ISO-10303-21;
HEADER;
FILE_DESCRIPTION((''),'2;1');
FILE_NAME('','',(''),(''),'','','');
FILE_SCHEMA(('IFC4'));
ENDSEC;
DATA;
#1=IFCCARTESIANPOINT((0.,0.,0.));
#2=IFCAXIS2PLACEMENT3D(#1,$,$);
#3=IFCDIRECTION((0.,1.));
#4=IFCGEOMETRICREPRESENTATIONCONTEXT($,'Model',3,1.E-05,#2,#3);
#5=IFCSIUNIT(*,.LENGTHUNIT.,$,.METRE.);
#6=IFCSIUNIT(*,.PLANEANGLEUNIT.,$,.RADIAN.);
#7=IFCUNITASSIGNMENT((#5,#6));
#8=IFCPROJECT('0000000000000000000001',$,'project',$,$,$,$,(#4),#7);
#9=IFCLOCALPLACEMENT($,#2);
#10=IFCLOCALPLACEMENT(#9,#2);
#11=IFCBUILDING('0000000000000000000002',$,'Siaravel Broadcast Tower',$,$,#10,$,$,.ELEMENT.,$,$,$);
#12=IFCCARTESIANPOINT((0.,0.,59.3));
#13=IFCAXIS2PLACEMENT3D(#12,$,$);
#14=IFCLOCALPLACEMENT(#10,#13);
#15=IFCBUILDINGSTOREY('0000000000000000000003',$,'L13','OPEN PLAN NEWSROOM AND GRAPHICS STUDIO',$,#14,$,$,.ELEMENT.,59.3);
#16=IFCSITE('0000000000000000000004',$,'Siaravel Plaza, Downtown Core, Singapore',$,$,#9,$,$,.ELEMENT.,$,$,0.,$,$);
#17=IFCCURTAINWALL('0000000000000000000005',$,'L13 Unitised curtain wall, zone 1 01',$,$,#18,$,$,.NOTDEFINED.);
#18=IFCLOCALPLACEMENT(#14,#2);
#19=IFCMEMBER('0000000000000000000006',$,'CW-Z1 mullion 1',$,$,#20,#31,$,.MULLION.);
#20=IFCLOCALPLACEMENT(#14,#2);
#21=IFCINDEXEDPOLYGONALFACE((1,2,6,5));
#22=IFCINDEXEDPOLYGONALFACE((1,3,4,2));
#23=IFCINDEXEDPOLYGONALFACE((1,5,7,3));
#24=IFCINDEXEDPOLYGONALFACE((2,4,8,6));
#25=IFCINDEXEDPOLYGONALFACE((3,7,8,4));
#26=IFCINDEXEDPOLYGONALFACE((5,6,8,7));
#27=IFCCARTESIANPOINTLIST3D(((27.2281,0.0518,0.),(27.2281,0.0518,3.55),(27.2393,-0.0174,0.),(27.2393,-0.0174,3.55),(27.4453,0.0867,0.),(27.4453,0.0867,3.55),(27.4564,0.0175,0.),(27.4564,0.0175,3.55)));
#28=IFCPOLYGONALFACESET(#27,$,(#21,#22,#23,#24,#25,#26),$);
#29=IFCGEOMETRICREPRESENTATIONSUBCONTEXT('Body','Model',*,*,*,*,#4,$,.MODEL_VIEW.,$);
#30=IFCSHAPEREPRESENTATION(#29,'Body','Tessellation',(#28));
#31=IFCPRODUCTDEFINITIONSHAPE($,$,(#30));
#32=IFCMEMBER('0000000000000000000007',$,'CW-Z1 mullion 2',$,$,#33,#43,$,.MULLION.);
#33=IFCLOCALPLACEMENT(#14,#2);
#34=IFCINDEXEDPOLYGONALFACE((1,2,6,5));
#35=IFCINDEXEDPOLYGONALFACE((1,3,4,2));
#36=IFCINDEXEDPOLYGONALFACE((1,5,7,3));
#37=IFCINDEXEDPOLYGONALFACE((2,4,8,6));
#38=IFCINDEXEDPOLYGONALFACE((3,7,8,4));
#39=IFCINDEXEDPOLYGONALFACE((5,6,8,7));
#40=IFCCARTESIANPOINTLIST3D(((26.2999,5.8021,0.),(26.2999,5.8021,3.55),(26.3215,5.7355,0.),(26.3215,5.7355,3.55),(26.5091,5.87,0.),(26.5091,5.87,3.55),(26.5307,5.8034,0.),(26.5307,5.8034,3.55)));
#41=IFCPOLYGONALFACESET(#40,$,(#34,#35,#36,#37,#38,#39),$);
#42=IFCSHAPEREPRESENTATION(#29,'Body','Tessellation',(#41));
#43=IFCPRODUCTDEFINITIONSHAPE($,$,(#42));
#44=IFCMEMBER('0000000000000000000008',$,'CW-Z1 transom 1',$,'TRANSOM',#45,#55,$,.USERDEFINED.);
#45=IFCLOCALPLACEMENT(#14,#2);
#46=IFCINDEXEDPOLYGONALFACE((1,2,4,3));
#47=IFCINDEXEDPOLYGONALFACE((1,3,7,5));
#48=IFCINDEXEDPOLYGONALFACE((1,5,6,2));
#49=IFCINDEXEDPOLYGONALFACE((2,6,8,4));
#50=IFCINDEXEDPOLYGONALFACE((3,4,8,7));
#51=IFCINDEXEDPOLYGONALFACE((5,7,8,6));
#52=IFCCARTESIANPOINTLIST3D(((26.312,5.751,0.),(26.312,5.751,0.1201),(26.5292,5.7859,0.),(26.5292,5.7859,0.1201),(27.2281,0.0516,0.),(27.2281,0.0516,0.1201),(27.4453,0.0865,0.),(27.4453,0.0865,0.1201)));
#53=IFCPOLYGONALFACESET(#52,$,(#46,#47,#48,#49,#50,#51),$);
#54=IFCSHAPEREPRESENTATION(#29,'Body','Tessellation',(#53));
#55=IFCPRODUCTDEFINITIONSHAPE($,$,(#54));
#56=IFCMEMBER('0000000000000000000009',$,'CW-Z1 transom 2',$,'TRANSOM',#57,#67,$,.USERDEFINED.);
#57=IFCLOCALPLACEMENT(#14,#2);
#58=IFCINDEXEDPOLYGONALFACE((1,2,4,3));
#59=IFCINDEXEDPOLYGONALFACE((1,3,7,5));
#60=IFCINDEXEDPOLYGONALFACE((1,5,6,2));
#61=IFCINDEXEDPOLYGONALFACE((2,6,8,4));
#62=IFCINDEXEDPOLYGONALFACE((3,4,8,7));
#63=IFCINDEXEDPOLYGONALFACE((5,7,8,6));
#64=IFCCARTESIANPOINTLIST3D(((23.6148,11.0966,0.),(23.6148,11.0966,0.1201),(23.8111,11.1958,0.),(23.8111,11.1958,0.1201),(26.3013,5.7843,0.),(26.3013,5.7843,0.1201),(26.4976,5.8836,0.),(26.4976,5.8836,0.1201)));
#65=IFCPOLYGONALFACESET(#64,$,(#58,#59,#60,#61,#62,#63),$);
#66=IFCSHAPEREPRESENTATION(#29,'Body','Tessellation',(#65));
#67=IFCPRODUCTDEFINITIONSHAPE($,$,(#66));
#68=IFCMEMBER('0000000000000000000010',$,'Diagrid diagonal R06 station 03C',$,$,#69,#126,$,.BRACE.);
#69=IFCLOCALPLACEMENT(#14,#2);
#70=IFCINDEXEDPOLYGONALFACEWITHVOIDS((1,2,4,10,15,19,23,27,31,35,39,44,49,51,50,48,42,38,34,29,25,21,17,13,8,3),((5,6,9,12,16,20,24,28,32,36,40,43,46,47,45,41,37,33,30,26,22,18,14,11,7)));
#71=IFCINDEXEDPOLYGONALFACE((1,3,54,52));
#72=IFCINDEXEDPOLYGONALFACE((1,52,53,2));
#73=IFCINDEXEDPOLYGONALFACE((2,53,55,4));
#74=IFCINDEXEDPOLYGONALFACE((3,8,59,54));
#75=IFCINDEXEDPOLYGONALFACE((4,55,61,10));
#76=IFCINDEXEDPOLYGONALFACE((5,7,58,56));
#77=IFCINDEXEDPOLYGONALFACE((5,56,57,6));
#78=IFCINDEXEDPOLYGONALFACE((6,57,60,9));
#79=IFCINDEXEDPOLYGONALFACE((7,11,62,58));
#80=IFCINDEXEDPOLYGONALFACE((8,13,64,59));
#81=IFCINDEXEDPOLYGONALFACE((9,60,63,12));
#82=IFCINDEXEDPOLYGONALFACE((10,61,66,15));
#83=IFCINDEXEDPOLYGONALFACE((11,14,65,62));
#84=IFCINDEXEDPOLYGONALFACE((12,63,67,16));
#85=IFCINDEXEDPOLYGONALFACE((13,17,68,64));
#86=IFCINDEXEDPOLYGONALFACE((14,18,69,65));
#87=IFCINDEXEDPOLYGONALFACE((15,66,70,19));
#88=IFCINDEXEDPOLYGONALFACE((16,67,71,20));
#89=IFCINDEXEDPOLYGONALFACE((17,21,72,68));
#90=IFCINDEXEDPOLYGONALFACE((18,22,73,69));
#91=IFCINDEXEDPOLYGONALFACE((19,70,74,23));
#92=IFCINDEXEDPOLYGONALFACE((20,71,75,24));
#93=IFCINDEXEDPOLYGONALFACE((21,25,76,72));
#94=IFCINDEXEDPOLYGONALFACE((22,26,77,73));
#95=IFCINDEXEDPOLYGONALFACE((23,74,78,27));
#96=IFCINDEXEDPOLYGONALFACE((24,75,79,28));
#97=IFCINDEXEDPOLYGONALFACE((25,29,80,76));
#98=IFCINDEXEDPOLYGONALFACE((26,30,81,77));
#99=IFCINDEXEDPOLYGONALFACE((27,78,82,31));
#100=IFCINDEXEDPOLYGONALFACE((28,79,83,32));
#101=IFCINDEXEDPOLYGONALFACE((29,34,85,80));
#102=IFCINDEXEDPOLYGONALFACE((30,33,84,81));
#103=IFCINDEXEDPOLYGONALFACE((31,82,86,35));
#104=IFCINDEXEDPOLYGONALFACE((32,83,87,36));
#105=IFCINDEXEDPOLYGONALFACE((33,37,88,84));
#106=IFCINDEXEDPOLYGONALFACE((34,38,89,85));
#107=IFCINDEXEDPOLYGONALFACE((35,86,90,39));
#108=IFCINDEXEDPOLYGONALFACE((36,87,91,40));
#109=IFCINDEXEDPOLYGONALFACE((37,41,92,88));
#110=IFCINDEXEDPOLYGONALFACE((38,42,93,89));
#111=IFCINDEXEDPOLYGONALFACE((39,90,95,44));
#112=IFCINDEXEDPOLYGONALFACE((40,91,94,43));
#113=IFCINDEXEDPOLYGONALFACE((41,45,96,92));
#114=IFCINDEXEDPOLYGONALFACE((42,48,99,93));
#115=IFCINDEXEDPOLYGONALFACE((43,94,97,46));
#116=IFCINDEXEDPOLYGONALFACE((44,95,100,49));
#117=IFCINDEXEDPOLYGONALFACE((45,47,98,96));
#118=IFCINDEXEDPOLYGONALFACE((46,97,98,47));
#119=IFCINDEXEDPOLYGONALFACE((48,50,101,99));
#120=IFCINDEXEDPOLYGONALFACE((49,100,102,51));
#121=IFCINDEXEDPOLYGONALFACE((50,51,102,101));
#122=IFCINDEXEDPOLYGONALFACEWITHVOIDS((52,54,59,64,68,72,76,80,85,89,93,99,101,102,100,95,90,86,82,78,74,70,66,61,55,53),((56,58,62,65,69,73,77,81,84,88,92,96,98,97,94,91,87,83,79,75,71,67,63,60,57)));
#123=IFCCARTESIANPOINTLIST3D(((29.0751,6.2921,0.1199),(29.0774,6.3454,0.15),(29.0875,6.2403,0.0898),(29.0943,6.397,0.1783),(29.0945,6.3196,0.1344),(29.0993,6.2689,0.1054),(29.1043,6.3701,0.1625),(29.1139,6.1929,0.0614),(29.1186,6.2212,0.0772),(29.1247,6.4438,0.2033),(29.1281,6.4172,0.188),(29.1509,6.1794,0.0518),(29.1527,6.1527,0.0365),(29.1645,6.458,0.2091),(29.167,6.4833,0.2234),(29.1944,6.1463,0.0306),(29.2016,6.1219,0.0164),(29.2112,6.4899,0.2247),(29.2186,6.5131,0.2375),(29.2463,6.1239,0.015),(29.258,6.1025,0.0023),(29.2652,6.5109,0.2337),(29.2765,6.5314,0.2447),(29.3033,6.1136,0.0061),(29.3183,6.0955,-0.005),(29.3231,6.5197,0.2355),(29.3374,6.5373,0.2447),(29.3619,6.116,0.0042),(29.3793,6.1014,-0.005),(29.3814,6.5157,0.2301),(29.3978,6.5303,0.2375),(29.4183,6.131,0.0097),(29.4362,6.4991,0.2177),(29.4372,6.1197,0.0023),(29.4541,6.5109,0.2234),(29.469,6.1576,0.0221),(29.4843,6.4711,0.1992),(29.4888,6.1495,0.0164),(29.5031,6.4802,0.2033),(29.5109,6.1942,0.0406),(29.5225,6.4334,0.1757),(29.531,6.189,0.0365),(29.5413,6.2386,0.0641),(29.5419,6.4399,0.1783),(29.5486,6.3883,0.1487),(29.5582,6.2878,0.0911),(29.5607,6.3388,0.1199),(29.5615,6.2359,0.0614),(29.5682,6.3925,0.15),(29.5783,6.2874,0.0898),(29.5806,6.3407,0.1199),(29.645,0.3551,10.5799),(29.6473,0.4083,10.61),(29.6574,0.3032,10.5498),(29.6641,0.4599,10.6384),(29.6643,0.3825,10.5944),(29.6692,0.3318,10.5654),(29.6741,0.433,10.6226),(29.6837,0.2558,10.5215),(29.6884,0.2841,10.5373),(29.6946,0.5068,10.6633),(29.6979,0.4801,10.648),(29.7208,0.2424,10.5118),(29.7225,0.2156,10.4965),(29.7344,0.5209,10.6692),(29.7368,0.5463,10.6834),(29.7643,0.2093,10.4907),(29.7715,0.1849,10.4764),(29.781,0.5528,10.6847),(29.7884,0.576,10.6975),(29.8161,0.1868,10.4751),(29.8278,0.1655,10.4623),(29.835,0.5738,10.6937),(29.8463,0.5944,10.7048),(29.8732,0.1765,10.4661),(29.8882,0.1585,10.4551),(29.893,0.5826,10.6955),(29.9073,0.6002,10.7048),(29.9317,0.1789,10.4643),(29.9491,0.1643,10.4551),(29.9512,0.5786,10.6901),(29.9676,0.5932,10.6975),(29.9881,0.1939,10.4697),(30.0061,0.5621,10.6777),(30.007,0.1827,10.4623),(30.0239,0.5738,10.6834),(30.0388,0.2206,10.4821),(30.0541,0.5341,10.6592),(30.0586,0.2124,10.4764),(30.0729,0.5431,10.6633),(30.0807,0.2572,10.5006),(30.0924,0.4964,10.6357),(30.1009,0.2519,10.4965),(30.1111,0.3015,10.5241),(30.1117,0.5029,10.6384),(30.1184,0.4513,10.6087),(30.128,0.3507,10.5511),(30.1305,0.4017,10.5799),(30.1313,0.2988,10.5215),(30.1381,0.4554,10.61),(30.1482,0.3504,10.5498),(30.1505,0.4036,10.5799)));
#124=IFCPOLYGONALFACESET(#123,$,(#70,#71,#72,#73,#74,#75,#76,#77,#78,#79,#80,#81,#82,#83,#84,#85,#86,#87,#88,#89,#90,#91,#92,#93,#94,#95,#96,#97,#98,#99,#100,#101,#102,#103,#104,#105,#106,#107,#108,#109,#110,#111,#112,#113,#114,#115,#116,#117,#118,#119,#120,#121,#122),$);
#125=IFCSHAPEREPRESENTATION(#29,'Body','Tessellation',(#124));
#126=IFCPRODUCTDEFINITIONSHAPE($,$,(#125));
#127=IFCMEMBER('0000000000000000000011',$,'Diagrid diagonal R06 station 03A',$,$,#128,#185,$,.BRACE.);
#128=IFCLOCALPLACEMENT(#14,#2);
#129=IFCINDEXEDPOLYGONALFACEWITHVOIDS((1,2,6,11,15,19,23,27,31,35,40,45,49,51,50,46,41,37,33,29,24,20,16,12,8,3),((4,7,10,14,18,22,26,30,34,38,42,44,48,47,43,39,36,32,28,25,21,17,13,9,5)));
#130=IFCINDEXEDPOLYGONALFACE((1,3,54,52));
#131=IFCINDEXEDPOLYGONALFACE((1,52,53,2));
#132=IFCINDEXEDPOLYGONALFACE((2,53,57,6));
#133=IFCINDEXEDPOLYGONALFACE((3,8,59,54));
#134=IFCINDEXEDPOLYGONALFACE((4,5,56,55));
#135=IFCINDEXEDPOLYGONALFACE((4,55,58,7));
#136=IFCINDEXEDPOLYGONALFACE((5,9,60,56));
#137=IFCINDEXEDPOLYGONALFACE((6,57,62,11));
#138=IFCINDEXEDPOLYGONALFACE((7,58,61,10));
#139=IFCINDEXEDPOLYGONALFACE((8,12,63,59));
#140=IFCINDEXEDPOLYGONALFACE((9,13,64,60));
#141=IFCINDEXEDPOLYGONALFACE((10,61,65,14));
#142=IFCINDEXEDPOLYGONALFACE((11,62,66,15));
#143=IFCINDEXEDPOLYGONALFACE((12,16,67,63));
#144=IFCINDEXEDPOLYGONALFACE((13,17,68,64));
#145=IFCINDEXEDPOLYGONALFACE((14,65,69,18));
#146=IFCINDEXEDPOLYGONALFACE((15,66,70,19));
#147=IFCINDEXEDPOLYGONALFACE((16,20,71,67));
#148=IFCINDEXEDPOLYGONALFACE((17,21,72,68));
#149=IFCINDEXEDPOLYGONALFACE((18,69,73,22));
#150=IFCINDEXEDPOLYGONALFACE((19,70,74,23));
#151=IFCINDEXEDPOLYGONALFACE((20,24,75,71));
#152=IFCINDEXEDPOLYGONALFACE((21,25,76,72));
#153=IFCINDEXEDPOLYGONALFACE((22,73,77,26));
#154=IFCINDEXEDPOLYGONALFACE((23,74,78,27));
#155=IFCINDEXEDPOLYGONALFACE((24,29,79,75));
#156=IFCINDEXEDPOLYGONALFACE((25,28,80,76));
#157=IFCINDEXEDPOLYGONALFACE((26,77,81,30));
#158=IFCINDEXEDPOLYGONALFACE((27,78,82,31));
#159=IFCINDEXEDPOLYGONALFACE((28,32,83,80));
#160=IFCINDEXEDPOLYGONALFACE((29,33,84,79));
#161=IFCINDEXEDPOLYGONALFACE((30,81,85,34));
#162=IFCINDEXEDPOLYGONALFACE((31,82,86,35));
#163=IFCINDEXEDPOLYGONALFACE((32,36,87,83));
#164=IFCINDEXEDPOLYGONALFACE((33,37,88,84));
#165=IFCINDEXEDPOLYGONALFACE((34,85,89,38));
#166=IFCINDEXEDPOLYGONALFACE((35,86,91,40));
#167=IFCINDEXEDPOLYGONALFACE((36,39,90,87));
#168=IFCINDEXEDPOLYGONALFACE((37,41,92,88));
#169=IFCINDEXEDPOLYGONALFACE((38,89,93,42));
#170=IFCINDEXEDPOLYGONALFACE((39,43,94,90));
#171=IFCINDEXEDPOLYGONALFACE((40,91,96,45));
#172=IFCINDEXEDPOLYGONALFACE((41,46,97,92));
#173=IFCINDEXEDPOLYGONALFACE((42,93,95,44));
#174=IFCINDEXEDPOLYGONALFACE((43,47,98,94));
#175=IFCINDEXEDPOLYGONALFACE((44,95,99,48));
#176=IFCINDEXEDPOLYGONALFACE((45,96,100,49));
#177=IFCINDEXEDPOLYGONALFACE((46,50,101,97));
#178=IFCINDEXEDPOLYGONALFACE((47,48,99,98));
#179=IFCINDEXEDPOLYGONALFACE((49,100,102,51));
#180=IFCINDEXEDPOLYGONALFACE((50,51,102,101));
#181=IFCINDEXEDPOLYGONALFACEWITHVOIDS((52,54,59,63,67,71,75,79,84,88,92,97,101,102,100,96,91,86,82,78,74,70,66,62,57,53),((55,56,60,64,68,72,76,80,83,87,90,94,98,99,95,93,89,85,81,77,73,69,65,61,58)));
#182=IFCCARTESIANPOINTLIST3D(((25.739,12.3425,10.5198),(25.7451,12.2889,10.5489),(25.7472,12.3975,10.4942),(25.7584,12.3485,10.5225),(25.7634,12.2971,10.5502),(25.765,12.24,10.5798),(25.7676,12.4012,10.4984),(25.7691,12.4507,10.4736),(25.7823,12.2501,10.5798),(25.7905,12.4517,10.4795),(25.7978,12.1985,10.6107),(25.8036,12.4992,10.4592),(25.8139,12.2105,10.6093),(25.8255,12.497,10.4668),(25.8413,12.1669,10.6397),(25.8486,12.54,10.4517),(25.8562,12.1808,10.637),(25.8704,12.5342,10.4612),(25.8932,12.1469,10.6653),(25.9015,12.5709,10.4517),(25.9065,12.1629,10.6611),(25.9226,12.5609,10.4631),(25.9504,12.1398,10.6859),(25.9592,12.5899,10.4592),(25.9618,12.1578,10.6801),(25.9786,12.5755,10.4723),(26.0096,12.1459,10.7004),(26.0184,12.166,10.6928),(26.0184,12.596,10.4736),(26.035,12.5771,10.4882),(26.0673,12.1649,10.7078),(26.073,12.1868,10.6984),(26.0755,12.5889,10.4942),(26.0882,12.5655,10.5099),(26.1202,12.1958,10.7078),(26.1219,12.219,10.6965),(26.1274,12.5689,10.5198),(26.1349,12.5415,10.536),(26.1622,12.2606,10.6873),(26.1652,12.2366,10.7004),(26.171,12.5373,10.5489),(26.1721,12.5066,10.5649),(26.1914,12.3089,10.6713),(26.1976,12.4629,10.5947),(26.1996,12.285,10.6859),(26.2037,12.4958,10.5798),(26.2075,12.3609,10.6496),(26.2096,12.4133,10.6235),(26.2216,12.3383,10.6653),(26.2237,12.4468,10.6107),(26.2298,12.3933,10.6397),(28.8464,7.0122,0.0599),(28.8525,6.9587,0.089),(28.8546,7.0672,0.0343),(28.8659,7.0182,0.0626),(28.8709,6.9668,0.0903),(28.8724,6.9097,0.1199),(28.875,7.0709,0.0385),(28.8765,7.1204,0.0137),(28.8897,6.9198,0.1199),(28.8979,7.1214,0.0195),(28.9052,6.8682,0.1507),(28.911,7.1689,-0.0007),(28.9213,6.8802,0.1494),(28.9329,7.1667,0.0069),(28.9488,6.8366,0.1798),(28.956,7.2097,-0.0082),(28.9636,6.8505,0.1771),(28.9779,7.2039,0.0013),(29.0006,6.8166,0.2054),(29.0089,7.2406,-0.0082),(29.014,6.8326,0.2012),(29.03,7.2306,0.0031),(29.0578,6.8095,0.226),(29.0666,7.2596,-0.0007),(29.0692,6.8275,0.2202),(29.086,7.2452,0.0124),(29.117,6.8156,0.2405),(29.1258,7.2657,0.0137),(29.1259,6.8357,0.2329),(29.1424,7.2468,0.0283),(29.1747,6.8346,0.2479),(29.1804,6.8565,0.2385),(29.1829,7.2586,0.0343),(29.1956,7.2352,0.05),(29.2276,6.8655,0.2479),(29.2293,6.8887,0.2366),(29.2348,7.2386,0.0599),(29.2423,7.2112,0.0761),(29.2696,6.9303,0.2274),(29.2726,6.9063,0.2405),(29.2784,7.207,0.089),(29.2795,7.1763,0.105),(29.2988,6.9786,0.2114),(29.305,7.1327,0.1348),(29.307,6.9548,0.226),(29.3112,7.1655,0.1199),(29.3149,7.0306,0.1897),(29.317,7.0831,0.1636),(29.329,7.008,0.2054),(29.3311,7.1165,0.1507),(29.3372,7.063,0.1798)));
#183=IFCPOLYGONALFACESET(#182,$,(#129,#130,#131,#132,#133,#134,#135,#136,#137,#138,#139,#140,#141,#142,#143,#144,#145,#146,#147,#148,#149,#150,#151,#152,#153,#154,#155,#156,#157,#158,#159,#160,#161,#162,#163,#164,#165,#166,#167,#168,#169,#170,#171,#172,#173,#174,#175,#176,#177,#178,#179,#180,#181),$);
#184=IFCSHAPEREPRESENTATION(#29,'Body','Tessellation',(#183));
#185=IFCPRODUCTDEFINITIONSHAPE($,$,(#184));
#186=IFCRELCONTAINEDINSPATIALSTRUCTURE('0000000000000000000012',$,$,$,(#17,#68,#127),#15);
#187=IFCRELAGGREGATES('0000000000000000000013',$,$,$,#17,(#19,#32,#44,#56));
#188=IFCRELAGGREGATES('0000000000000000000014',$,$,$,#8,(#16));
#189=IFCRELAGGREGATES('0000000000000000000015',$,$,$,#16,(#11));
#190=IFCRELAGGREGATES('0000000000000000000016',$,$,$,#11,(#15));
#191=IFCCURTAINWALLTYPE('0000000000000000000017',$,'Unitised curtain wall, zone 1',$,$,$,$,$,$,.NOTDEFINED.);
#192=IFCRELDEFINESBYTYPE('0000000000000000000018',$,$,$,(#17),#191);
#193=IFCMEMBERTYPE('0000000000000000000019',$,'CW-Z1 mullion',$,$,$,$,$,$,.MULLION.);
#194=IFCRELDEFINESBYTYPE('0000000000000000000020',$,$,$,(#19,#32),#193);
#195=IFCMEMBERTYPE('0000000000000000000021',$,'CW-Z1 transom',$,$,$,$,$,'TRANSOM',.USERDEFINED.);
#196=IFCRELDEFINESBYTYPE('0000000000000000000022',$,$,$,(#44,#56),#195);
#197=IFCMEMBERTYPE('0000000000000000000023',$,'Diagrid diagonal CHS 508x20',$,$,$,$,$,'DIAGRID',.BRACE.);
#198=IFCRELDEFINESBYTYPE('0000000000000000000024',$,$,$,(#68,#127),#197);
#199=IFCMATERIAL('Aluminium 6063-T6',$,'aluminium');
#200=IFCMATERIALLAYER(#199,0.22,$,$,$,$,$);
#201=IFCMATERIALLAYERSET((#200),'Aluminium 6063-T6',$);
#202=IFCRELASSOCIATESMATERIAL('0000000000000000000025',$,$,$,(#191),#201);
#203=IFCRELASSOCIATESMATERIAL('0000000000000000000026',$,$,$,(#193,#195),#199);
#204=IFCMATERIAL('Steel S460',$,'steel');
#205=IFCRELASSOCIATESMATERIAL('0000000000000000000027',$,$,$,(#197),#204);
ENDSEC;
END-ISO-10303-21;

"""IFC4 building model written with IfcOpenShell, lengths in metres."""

from ifc_helpers import new_model, si_unit, direction, frame, origin, origin_2d, place, context, subcontext, project, spatial, rectangle, hollow_circle, extrude, material, layer, layer_set, material_profile, profile_set, type_object, element, aggregate, save


model = new_model("IFC4")

# Units and contexts
model_context = context("Model", 3, precision=1e-05, world=origin(), true_north=direction((0.0, 1.0)))
body_context = subcontext(model_context, "Body", "Model", "MODEL_VIEW")
ifc_project = project(units=[si_unit("LENGTHUNIT", "METRE"), si_unit("PLANEANGLEUNIT", "RADIAN")], contexts=[model_context])

# Site, building, storey
site_placement = place(None, origin())
site = spatial("IfcSite", under=ifc_project, at=site_placement, Name="Siaravel Plaza, Downtown Core, Singapore", CompositionType="ELEMENT", RefElevation=0.0)
building_placement = place(site_placement, origin())
building = spatial("IfcBuilding", under=site, at=building_placement, Name="Siaravel Broadcast Tower", CompositionType="ELEMENT")
storey_placement = place(building_placement, frame((0.0, 0.0, 59.3)))
storey = spatial("IfcBuildingStorey", under=building, at=storey_placement, Name="L13", Description="OPEN PLAN NEWSROOM AND GRAPHICS STUDIO", CompositionType="ELEMENT", Elevation=59.3)

# Curtain wall, members
ifc_material_1 = material(Name="Aluminium 6063-T6", Category="aluminium")
ifc_layer_1 = layer(ifc_material_1, 0.22)
ifc_layer_set_1 = layer_set([ifc_layer_1], Name="Aluminium 6063-T6")
curtain_wall_type = type_object("IfcCurtainWallType", Name="Unitised curtain wall, zone 1", PredefinedType="NOTDEFINED", material=ifc_layer_set_1)
curtain_wall_placement = place(storey_placement, origin())
curtain_wall = element("IfcCurtainWall", 1, at=curtain_wall_placement, inside=storey, type_object=curtain_wall_type, Name="L13 Unitised curtain wall, zone 1 01", PredefinedType="NOTDEFINED")
ifc_material_profile_1 = material_profile(ifc_material_1, rectangle(XDim=0.22, YDim=0.0701, at=origin_2d()))
ifc_profile_set_1 = profile_set([ifc_material_profile_1], Name="Aluminium 6063-T6")
member_type_1 = type_object("IfcMemberType", Name="CW-Z1 mullion", PredefinedType="MULLION", material=ifc_profile_set_1)
member_1_placement = place(storey_placement, frame((27.3423, 0.0347, 0.0), z_axis=(0.0, 0.0, 1.0), x_axis=(-0.987329, -0.158686, 0.0)))
member_1 = element("IfcMember", 2, at=member_1_placement, type_object=member_type_1, Name="CW-Z1 mullion 1", PredefinedType="MULLION", context=body_context, shape_type="SweptSolid", body=[
    extrude(rectangle(XDim=0.22, YDim=0.0701, at=origin_2d()), origin(), (0.0, 0.0, 1.0), 3.55),
])
member_2_placement = place(storey_placement, frame((26.4153, 5.8027, 0.0), z_axis=(0.0, 0.0, 1.0), x_axis=(-0.951177, -0.308646, 0.0)))
member_2 = element("IfcMember", 3, at=member_2_placement, type_object=member_type_1, Name="CW-Z1 mullion 2", PredefinedType="MULLION", context=body_context, shape_type="SweptSolid", body=[
    extrude(rectangle(XDim=0.22, YDim=0.0701, at=origin_2d()), origin(), (0.0, 0.0, 1.0), 3.55),
])
ifc_material_profile_2 = material_profile(ifc_material_1, rectangle(XDim=0.22, YDim=0.1201, at=origin_2d()))
ifc_profile_set_2 = profile_set([ifc_material_profile_2], Name="Aluminium 6063-T6")
member_type_2 = type_object("IfcMemberType", Name="CW-Z1 transom", ElementType="TRANSOM", PredefinedType="USERDEFINED", material=ifc_profile_set_2)
member_3_placement = place(storey_placement, frame((27.3367, 0.0691, 0.0601), z_axis=(-0.15869, 0.987328, 0.0), x_axis=(-0.987328, -0.15869, 0.0)))
member_3 = element("IfcMember", 4, at=member_3_placement, type_object=member_type_2, Name="CW-Z1 transom 1", ObjectType="TRANSOM", PredefinedType="USERDEFINED", context=body_context, shape_type="SweptSolid", body=[
    extrude(rectangle(XDim=0.22, YDim=0.1201, at=origin_2d()), origin(), (0.0, 0.0, 1.0), 5.7725),
])
member_4_placement = place(storey_placement, frame((26.3994, 5.834, 0.0601), z_axis=(-0.451294, 0.892375, 0.0), x_axis=(-0.892375, -0.451294, 0.0)))
member_4 = element("IfcMember", 5, at=member_4_placement, type_object=member_type_2, Name="CW-Z1 transom 2", ObjectType="TRANSOM", PredefinedType="USERDEFINED", context=body_context, shape_type="SweptSolid", body=[
    extrude(rectangle(XDim=0.22, YDim=0.1201, at=origin_2d()), origin(), (0.0, 0.0, 1.0), 5.9529),
])

# Members
ifc_material_2 = material(Name="Steel S460", Category="steel")
ifc_material_profile_3 = material_profile(ifc_material_2, hollow_circle(Radius=0.2539, WallThickness=0.02, at=origin_2d()))
ifc_profile_set_3 = profile_set([ifc_material_profile_3], Name="Steel S460")
member_type_3 = type_object("IfcMemberType", Name="Diagrid diagonal CHS 508x20", ElementType="DIAGRID", PredefinedType="BRACE", material=ifc_profile_set_3)
member_5_placement = place(storey_placement, frame((29.3279, 6.3164, 0.1199), z_axis=(0.047324, -0.49307, 0.868702), x_axis=(0.995426, 0.095539, 0.0)))
element("IfcMember", 6, at=member_5_placement, inside=storey, type_object=member_type_3, Name="Diagrid diagonal R06 station 03C", PredefinedType="BRACE", context=body_context, shape_type="SweptSolid", body=[
    extrude(hollow_circle(Radius=0.2539, WallThickness=0.02, at=origin_2d()), origin(), (0.0, 0.0, 1.0), 12.041),
])
member_6_placement = place(storey_placement, frame((29.0918, 7.0376, 0.1199), z_axis=(-0.255879, 0.438923, 0.86132), x_axis=(-0.863915, -0.503637, 0.0)))
element("IfcMember", 7, at=member_6_placement, inside=storey, type_object=member_type_3, Name="Diagrid diagonal R06 station 03A", PredefinedType="BRACE", context=body_context, shape_type="SweptSolid", body=[
    extrude(hollow_circle(Radius=0.2539, WallThickness=0.02, at=origin_2d()), origin(), (0.0, 0.0, 1.0), 12.144),
])

aggregate(curtain_wall, [member_1, member_2, member_3, member_4])

save(model, "model.ifc")
